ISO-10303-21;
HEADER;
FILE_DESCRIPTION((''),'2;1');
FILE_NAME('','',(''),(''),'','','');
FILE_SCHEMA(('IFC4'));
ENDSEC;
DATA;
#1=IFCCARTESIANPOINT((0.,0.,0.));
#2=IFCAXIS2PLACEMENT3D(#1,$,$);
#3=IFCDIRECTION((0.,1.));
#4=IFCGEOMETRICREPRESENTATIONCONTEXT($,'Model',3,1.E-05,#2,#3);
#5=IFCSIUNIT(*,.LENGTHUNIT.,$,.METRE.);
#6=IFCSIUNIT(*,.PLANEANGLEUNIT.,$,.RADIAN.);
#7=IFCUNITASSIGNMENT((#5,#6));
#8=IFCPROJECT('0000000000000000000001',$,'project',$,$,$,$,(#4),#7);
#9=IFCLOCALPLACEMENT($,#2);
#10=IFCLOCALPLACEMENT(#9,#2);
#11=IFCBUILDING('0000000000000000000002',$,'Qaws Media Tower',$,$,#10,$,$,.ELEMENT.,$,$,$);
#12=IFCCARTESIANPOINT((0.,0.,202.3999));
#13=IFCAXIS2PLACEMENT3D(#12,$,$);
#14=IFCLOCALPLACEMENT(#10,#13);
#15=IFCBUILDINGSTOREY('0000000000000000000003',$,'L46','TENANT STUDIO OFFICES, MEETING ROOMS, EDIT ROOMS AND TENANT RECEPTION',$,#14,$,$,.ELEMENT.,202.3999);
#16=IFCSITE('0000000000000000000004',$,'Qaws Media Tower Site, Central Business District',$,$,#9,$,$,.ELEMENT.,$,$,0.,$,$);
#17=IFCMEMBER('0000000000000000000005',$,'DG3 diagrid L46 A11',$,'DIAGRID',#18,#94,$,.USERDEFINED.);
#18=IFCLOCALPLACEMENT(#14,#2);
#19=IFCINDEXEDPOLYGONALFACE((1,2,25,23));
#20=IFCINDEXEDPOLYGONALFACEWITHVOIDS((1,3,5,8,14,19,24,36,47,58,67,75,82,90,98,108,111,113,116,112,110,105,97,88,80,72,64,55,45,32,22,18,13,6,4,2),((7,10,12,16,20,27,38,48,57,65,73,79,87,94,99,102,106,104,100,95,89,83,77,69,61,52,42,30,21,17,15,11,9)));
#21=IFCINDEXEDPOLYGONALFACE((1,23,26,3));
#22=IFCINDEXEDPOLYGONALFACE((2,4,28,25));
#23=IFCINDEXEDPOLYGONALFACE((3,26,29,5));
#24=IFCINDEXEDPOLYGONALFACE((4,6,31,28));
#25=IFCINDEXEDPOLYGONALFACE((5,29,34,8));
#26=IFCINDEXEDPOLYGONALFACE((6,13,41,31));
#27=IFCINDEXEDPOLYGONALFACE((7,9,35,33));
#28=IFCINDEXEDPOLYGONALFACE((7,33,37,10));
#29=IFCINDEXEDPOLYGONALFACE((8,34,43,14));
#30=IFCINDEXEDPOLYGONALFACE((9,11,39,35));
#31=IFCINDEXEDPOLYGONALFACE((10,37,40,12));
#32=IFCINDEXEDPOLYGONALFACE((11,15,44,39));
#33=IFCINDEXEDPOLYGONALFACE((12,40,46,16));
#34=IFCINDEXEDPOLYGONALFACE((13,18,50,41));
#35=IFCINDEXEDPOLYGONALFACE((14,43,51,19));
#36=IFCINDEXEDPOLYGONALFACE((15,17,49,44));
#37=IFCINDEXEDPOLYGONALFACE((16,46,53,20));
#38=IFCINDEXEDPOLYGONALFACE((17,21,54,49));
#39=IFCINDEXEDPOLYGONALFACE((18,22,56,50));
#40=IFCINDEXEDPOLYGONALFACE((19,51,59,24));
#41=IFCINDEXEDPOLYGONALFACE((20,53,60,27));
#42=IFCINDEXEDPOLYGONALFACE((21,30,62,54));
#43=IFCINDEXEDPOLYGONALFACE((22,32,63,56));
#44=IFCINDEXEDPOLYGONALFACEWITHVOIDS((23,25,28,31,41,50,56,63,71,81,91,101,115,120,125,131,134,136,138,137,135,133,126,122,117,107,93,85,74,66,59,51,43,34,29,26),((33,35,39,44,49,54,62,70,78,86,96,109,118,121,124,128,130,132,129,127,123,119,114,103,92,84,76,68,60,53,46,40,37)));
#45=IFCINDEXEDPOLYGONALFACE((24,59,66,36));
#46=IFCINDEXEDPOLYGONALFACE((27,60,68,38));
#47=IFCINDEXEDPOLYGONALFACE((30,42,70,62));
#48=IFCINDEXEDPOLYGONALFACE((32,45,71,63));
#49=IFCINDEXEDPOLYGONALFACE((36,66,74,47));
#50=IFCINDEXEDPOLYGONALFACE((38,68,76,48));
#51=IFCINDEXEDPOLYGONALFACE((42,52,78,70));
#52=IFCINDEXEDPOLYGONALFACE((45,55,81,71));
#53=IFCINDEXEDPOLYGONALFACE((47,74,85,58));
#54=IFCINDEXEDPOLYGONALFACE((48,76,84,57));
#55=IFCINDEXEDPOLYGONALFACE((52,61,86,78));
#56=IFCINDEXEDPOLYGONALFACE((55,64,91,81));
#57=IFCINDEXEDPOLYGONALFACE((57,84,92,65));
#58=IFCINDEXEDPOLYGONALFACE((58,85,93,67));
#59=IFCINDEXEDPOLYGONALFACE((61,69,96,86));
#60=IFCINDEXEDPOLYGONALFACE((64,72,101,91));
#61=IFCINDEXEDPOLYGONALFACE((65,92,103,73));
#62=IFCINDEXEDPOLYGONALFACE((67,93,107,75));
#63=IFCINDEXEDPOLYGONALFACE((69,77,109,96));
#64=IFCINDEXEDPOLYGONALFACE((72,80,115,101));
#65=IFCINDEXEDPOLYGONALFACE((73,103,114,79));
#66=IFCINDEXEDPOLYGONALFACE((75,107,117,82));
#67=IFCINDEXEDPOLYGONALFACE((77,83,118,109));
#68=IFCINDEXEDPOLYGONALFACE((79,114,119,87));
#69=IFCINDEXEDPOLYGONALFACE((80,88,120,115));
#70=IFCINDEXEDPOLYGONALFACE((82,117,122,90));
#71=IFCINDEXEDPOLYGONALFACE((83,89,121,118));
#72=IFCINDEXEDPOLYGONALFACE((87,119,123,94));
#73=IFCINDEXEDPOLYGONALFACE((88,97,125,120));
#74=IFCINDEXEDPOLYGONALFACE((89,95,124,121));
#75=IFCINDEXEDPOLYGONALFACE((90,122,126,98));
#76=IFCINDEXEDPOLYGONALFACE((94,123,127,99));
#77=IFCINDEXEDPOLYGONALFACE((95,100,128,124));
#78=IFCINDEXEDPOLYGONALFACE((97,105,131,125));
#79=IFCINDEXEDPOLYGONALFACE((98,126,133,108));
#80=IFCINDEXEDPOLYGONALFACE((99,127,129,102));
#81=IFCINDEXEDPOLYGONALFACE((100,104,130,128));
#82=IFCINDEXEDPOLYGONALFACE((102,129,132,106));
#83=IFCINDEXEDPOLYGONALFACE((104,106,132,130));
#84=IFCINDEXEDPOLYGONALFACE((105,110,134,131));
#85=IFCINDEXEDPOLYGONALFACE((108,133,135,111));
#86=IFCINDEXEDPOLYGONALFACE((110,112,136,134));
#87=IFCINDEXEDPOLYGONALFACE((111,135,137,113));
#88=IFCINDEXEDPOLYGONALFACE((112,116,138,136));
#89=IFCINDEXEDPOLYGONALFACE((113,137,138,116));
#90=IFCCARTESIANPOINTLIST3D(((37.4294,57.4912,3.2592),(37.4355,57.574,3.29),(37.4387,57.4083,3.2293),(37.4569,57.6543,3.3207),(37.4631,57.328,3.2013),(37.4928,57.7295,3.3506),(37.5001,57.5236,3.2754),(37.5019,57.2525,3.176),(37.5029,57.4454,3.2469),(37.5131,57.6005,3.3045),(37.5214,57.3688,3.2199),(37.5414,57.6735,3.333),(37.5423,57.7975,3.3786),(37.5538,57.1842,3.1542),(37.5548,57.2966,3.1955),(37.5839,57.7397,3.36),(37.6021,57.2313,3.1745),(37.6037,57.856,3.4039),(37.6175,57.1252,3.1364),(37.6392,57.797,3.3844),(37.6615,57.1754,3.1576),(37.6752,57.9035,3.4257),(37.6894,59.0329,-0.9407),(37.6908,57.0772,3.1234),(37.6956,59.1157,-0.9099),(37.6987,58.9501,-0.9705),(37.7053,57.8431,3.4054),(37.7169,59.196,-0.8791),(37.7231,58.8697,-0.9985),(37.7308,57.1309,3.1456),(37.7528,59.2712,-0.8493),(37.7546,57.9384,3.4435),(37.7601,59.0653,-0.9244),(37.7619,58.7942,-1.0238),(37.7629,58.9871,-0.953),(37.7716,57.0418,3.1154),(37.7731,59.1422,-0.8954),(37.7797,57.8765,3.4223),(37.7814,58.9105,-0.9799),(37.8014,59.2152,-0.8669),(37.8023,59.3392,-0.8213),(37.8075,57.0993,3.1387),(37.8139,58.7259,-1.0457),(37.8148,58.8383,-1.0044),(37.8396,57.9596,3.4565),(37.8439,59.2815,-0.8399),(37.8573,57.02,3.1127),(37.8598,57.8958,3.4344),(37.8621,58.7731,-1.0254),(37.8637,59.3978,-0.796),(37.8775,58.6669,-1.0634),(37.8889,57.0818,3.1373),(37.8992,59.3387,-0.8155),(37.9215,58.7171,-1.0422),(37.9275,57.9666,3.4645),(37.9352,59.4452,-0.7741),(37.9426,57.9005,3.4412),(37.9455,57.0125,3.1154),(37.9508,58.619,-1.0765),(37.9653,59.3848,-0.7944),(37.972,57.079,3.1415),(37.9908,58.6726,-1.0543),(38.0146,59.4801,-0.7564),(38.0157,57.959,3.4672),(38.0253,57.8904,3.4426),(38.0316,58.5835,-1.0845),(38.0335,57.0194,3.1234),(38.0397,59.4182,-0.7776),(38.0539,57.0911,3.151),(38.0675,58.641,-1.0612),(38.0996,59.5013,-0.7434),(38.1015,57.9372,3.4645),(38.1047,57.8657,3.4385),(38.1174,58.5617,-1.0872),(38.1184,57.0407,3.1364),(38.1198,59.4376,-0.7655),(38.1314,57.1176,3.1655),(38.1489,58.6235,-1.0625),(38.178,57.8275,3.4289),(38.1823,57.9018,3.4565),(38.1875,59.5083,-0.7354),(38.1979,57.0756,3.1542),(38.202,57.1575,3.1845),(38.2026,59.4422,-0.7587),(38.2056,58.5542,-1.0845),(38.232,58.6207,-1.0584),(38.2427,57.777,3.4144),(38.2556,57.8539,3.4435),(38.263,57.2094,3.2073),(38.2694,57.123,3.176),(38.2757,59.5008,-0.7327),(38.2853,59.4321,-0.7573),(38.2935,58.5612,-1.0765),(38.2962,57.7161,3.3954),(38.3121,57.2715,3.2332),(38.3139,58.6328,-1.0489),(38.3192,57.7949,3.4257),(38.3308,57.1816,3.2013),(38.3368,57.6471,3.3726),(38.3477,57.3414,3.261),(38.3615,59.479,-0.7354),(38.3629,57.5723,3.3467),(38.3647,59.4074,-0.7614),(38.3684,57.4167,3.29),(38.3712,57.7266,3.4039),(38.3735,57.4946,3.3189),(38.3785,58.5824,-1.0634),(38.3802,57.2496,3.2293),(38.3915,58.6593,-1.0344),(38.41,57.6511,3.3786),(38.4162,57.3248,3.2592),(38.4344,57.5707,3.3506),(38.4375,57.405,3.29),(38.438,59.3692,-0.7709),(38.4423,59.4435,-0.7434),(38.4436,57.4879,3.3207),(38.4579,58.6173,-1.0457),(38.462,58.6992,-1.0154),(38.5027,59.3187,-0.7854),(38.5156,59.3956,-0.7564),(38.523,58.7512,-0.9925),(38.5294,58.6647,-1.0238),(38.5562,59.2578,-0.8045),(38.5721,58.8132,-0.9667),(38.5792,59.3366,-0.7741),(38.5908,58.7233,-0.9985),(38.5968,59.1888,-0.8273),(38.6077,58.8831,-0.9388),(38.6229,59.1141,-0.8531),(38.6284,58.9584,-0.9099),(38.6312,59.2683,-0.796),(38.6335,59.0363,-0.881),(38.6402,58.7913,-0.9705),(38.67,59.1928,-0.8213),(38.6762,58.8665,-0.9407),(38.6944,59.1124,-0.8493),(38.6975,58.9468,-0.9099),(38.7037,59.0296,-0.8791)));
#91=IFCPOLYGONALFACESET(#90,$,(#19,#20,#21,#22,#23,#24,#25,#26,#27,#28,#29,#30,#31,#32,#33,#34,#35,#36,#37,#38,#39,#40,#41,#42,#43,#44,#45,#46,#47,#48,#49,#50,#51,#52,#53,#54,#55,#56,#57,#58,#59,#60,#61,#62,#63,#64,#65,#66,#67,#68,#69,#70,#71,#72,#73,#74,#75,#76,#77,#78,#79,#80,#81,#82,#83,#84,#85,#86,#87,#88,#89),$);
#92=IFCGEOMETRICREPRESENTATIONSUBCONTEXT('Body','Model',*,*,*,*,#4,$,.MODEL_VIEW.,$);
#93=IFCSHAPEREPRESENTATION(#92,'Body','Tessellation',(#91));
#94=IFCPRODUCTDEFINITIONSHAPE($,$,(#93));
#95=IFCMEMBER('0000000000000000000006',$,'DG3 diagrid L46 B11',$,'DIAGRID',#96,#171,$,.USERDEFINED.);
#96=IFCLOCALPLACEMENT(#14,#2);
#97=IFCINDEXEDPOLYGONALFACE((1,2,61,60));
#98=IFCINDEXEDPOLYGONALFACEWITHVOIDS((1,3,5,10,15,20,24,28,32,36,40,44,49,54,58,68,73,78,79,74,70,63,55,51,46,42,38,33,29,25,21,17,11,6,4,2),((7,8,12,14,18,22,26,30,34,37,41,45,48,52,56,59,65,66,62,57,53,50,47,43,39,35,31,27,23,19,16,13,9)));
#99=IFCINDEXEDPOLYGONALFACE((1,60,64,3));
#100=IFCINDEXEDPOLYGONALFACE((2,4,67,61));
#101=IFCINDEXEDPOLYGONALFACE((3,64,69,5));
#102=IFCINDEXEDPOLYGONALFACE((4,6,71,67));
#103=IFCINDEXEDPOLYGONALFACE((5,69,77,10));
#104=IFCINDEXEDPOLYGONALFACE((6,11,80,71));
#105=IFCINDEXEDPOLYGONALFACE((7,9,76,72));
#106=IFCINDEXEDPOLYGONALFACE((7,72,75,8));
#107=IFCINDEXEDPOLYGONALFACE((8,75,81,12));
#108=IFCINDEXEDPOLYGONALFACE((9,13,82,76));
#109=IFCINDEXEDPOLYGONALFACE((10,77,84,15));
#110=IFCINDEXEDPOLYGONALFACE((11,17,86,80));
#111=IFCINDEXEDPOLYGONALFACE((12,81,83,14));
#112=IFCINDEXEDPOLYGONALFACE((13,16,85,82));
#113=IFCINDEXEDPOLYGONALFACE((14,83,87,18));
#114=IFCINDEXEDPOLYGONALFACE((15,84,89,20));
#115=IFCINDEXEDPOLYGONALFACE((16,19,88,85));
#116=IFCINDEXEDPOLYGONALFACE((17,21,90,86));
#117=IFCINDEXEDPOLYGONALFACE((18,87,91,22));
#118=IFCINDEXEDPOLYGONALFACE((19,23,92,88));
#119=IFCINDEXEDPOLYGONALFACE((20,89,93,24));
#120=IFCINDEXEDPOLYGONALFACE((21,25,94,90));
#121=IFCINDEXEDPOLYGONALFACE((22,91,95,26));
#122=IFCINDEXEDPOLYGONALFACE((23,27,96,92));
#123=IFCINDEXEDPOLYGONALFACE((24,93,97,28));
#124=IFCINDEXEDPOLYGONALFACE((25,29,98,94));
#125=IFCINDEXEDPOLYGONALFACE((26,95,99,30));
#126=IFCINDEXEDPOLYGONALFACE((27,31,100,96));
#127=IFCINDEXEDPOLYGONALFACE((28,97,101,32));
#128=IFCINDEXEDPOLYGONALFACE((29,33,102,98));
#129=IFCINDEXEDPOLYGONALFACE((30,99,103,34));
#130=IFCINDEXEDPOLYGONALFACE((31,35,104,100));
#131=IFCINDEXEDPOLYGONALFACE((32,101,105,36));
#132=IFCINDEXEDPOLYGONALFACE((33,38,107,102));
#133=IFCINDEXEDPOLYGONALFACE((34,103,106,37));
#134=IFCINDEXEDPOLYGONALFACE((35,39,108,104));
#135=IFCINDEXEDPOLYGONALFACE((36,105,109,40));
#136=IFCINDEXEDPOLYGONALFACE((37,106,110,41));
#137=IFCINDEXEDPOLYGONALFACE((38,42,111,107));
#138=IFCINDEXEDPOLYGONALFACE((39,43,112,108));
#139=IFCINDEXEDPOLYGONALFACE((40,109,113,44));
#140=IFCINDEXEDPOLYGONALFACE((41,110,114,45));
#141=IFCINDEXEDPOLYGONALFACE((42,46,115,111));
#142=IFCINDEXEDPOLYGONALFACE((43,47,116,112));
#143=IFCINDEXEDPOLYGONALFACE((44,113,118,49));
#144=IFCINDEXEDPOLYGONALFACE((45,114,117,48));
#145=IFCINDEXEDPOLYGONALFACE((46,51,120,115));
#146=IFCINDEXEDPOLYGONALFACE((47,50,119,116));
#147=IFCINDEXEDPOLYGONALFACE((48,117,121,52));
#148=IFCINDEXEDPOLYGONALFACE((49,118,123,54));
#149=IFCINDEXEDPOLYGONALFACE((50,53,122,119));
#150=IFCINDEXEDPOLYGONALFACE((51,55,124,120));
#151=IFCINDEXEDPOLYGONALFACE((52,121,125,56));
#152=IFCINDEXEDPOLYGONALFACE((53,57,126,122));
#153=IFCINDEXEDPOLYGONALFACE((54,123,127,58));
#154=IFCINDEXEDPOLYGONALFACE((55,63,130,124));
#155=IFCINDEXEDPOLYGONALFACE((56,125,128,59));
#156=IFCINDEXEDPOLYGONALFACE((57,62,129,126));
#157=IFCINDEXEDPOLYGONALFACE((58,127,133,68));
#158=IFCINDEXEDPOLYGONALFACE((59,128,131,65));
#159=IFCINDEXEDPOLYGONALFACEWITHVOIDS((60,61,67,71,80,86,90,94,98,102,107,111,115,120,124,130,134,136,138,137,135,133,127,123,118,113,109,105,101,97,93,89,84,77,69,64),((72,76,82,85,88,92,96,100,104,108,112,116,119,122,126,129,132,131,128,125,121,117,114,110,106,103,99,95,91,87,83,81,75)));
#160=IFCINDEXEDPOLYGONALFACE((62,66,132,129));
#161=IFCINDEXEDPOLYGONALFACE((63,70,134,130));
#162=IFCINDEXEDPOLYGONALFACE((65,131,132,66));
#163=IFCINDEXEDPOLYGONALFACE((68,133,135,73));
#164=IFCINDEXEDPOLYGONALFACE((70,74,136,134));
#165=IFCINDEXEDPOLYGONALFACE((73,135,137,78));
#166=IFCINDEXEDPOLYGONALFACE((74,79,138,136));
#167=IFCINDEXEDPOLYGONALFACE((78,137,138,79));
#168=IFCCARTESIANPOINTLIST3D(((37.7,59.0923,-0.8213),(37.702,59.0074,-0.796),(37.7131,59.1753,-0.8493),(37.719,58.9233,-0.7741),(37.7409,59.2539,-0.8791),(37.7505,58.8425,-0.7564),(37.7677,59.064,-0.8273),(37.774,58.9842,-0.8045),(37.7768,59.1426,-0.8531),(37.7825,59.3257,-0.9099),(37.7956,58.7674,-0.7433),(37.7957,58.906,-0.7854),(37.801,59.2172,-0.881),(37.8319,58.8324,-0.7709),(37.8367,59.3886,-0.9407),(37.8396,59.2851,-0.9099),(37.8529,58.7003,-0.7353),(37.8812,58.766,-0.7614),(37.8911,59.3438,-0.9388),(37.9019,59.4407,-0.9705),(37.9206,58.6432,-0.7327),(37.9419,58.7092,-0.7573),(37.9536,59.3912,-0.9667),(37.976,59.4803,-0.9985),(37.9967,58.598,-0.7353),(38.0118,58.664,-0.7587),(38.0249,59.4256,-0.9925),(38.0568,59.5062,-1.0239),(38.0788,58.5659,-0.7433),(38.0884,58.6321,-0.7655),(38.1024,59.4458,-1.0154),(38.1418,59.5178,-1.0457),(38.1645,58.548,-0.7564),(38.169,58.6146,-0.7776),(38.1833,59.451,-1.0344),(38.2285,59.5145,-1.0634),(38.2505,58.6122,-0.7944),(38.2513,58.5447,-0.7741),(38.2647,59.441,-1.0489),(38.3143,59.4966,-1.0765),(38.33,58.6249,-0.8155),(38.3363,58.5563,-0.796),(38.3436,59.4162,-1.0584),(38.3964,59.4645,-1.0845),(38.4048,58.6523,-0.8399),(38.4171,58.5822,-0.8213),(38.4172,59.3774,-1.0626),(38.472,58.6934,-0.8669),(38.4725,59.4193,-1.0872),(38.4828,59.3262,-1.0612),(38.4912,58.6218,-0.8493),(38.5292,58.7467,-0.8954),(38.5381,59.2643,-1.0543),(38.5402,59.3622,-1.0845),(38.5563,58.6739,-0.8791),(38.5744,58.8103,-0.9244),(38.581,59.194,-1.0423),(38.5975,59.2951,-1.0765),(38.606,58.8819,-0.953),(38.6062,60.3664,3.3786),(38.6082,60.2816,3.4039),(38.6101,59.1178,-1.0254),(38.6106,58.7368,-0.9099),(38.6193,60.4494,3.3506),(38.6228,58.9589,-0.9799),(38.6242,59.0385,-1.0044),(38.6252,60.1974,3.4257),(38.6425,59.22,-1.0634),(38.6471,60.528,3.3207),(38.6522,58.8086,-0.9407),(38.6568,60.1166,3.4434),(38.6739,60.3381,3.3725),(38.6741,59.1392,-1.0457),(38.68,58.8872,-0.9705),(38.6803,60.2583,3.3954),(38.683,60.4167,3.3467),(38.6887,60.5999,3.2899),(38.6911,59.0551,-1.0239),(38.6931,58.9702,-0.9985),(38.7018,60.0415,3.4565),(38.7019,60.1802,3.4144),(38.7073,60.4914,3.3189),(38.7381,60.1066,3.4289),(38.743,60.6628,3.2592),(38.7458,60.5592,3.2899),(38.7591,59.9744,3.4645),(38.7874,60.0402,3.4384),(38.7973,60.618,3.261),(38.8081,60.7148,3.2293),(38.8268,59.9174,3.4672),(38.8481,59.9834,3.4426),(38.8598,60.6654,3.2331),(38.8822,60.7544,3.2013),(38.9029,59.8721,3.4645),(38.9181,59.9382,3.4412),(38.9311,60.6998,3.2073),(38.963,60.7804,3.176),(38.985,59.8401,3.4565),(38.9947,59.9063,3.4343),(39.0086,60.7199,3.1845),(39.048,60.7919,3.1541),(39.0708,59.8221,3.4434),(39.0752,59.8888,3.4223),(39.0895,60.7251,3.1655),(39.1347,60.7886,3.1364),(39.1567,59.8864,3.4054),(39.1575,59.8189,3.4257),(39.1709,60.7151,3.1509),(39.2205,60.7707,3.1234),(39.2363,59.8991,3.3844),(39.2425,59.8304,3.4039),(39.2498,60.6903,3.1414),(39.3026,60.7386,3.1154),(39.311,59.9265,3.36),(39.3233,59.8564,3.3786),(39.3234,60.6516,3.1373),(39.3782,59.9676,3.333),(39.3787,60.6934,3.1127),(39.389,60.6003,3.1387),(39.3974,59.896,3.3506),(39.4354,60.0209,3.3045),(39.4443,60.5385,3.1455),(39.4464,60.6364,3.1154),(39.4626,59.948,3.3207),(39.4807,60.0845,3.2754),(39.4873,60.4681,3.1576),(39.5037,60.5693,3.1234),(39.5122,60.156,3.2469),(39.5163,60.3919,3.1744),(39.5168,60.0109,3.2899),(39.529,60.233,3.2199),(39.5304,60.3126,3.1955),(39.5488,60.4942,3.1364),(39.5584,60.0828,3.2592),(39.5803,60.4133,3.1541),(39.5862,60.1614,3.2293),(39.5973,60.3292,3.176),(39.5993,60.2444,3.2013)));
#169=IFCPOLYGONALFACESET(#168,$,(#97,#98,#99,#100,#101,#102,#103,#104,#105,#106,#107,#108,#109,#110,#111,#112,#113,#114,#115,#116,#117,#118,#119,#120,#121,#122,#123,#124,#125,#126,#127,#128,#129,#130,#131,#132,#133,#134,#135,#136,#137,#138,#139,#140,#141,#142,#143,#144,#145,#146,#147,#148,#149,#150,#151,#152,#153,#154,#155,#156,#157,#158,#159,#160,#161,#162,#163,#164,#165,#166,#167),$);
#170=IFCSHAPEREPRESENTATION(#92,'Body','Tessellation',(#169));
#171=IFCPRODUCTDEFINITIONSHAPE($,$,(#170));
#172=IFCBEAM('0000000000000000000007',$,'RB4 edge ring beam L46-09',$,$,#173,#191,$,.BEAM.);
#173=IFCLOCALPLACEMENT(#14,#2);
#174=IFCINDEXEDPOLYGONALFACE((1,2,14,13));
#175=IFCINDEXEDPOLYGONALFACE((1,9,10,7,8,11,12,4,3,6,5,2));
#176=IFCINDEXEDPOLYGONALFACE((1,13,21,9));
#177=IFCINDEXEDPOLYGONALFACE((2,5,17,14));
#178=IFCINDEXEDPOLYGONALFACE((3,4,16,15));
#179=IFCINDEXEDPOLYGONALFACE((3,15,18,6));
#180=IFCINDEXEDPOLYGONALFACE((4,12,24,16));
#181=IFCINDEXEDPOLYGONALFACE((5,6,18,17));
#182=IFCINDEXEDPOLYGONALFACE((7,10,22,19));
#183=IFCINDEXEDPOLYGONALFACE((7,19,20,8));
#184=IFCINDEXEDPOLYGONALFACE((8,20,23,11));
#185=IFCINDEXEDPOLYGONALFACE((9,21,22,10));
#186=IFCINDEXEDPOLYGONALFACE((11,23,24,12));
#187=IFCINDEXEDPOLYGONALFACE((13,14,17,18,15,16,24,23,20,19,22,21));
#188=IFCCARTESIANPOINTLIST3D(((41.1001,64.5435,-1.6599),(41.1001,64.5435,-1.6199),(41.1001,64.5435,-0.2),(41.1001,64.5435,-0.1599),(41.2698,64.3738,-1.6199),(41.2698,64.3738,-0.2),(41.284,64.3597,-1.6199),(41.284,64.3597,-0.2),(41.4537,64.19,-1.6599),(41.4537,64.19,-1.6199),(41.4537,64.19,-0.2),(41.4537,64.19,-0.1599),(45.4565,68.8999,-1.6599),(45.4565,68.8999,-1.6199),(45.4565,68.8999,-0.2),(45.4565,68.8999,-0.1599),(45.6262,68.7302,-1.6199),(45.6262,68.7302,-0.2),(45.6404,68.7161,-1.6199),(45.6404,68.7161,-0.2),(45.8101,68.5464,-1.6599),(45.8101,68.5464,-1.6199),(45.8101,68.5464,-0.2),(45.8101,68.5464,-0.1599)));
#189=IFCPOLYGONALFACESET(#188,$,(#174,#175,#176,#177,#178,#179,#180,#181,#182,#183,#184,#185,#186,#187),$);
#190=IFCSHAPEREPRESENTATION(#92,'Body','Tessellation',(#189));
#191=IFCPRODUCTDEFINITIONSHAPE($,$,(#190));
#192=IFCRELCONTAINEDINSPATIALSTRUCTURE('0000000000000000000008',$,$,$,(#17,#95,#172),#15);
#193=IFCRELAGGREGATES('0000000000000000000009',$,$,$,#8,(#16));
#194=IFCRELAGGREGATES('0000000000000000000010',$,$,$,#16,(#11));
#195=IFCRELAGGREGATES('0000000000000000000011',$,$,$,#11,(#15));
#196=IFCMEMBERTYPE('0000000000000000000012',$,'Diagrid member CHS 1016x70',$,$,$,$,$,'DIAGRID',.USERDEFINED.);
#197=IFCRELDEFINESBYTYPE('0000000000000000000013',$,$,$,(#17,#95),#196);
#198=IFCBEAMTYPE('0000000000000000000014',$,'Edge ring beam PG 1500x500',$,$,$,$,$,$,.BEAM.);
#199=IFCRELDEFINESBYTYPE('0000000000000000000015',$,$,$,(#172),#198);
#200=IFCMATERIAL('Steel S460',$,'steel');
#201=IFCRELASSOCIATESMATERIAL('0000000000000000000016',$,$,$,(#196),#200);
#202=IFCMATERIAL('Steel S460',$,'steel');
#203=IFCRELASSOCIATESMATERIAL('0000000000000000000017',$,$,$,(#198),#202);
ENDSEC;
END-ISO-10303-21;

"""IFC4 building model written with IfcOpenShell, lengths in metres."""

from ifc_helpers import new_model, si_unit, direction, frame, origin, origin_2d, place, context, subcontext, project, spatial, hollow_circle, i_section, extrude, material, material_profile, profile_set, type_object, element, save


model = new_model("IFC4")

# Units and contexts
model_context = context("Model", 3, precision=1e-05, world=origin(), true_north=direction((0.0, 1.0)))
body_context = subcontext(model_context, "Body", "Model", "MODEL_VIEW")
ifc_project = project(units=[si_unit("LENGTHUNIT", "METRE"), si_unit("PLANEANGLEUNIT", "RADIAN")], contexts=[model_context])

# Site, building, storey
site_placement = place(None, origin())
site = spatial("IfcSite", under=ifc_project, at=site_placement, Name="Qaws Media Tower Site, Central Business District", CompositionType="ELEMENT", RefElevation=0.0)
building_placement = place(site_placement, origin())
building = spatial("IfcBuilding", under=site, at=building_placement, Name="Qaws Media Tower", CompositionType="ELEMENT")
storey_placement = place(building_placement, frame((0.0, 0.0, 202.3999)))
storey = spatial("IfcBuildingStorey", under=building, at=storey_placement, Name="L46", Description="TENANT STUDIO OFFICES, MEETING ROOMS, EDIT ROOMS AND TENANT RECEPTION", CompositionType="ELEMENT", Elevation=202.3999)

# Members
ifc_material_1 = material(Name="Steel S460", Category="steel")
ifc_material_profile_1 = material_profile(ifc_material_1, hollow_circle(Radius=0.5081, WallThickness=0.0701, at=origin_2d()), Name="CHS 1016x70")
ifc_profile_set_1 = profile_set([ifc_material_profile_1], Name="Steel S460")
member_type_1 = type_object("IfcMemberType", Name="Diagrid member CHS 1016x70", ElementType="DIAGRID", PredefinedType="USERDEFINED", material=ifc_profile_set_1)
for number, where, z_axis, x_axis, name in (
    (1, (38.1965, 59.0312, -0.9099), (-0.058018, -0.344022, 0.937167), (0.986076, -0.166298, 0.0), "DG3 diagrid L46 A11"),
    (2, (38.1965, 59.0312, -0.9099), (0.202217, 0.284314, 0.937163), (-0.814903, 0.579598, 0.0), "DG3 diagrid L46 B11"),
):
    element("IfcMember", number, at=place(storey_placement, frame(where, z_axis=z_axis, x_axis=x_axis)), inside=storey, type_object=member_type_1, Name=name, ObjectType="DIAGRID", PredefinedType="USERDEFINED", context=body_context, shape_type="SweptSolid", body=[
        extrude(hollow_circle(Radius=0.5081, WallThickness=0.0701, at=origin_2d()), origin(), (0.0, 0.0, 1.0), 4.4814),
    ])

# Beam
ifc_material_2 = material(Name="Steel S460", Category="steel")
ifc_material_profile_2 = material_profile(ifc_material_2, i_section(OverallWidth=0.5, OverallDepth=1.5, WebThickness=0.02, FlangeThickness=0.04, at=origin_2d()), Name="PG 1500x500")
ifc_profile_set_2 = profile_set([ifc_material_profile_2], Name="Steel S460")
beam_type = type_object("IfcBeamType", Name="Edge ring beam PG 1500x500", PredefinedType="BEAM", material=ifc_profile_set_2)
for number, where, z_axis, x_axis, name in (
    (3, (45.6333, 68.7231, -0.9099), (-0.707107, -0.707107, 0.0), (0.707107, -0.707107, 0.0), "RB4 edge ring beam L46-09"),
):
    element("IfcBeam", number, at=place(storey_placement, frame(where, z_axis=z_axis, x_axis=x_axis)), inside=storey, type_object=beam_type, Name=name, PredefinedType="BEAM", context=body_context, shape_type="SweptSolid", body=[
        extrude(i_section(OverallWidth=0.5, OverallDepth=1.5, WebThickness=0.02, FlangeThickness=0.04, at=origin_2d()), origin(), (0.0, 0.0, 1.0), 6.1609),
    ])

save(model, "model.ifc")
